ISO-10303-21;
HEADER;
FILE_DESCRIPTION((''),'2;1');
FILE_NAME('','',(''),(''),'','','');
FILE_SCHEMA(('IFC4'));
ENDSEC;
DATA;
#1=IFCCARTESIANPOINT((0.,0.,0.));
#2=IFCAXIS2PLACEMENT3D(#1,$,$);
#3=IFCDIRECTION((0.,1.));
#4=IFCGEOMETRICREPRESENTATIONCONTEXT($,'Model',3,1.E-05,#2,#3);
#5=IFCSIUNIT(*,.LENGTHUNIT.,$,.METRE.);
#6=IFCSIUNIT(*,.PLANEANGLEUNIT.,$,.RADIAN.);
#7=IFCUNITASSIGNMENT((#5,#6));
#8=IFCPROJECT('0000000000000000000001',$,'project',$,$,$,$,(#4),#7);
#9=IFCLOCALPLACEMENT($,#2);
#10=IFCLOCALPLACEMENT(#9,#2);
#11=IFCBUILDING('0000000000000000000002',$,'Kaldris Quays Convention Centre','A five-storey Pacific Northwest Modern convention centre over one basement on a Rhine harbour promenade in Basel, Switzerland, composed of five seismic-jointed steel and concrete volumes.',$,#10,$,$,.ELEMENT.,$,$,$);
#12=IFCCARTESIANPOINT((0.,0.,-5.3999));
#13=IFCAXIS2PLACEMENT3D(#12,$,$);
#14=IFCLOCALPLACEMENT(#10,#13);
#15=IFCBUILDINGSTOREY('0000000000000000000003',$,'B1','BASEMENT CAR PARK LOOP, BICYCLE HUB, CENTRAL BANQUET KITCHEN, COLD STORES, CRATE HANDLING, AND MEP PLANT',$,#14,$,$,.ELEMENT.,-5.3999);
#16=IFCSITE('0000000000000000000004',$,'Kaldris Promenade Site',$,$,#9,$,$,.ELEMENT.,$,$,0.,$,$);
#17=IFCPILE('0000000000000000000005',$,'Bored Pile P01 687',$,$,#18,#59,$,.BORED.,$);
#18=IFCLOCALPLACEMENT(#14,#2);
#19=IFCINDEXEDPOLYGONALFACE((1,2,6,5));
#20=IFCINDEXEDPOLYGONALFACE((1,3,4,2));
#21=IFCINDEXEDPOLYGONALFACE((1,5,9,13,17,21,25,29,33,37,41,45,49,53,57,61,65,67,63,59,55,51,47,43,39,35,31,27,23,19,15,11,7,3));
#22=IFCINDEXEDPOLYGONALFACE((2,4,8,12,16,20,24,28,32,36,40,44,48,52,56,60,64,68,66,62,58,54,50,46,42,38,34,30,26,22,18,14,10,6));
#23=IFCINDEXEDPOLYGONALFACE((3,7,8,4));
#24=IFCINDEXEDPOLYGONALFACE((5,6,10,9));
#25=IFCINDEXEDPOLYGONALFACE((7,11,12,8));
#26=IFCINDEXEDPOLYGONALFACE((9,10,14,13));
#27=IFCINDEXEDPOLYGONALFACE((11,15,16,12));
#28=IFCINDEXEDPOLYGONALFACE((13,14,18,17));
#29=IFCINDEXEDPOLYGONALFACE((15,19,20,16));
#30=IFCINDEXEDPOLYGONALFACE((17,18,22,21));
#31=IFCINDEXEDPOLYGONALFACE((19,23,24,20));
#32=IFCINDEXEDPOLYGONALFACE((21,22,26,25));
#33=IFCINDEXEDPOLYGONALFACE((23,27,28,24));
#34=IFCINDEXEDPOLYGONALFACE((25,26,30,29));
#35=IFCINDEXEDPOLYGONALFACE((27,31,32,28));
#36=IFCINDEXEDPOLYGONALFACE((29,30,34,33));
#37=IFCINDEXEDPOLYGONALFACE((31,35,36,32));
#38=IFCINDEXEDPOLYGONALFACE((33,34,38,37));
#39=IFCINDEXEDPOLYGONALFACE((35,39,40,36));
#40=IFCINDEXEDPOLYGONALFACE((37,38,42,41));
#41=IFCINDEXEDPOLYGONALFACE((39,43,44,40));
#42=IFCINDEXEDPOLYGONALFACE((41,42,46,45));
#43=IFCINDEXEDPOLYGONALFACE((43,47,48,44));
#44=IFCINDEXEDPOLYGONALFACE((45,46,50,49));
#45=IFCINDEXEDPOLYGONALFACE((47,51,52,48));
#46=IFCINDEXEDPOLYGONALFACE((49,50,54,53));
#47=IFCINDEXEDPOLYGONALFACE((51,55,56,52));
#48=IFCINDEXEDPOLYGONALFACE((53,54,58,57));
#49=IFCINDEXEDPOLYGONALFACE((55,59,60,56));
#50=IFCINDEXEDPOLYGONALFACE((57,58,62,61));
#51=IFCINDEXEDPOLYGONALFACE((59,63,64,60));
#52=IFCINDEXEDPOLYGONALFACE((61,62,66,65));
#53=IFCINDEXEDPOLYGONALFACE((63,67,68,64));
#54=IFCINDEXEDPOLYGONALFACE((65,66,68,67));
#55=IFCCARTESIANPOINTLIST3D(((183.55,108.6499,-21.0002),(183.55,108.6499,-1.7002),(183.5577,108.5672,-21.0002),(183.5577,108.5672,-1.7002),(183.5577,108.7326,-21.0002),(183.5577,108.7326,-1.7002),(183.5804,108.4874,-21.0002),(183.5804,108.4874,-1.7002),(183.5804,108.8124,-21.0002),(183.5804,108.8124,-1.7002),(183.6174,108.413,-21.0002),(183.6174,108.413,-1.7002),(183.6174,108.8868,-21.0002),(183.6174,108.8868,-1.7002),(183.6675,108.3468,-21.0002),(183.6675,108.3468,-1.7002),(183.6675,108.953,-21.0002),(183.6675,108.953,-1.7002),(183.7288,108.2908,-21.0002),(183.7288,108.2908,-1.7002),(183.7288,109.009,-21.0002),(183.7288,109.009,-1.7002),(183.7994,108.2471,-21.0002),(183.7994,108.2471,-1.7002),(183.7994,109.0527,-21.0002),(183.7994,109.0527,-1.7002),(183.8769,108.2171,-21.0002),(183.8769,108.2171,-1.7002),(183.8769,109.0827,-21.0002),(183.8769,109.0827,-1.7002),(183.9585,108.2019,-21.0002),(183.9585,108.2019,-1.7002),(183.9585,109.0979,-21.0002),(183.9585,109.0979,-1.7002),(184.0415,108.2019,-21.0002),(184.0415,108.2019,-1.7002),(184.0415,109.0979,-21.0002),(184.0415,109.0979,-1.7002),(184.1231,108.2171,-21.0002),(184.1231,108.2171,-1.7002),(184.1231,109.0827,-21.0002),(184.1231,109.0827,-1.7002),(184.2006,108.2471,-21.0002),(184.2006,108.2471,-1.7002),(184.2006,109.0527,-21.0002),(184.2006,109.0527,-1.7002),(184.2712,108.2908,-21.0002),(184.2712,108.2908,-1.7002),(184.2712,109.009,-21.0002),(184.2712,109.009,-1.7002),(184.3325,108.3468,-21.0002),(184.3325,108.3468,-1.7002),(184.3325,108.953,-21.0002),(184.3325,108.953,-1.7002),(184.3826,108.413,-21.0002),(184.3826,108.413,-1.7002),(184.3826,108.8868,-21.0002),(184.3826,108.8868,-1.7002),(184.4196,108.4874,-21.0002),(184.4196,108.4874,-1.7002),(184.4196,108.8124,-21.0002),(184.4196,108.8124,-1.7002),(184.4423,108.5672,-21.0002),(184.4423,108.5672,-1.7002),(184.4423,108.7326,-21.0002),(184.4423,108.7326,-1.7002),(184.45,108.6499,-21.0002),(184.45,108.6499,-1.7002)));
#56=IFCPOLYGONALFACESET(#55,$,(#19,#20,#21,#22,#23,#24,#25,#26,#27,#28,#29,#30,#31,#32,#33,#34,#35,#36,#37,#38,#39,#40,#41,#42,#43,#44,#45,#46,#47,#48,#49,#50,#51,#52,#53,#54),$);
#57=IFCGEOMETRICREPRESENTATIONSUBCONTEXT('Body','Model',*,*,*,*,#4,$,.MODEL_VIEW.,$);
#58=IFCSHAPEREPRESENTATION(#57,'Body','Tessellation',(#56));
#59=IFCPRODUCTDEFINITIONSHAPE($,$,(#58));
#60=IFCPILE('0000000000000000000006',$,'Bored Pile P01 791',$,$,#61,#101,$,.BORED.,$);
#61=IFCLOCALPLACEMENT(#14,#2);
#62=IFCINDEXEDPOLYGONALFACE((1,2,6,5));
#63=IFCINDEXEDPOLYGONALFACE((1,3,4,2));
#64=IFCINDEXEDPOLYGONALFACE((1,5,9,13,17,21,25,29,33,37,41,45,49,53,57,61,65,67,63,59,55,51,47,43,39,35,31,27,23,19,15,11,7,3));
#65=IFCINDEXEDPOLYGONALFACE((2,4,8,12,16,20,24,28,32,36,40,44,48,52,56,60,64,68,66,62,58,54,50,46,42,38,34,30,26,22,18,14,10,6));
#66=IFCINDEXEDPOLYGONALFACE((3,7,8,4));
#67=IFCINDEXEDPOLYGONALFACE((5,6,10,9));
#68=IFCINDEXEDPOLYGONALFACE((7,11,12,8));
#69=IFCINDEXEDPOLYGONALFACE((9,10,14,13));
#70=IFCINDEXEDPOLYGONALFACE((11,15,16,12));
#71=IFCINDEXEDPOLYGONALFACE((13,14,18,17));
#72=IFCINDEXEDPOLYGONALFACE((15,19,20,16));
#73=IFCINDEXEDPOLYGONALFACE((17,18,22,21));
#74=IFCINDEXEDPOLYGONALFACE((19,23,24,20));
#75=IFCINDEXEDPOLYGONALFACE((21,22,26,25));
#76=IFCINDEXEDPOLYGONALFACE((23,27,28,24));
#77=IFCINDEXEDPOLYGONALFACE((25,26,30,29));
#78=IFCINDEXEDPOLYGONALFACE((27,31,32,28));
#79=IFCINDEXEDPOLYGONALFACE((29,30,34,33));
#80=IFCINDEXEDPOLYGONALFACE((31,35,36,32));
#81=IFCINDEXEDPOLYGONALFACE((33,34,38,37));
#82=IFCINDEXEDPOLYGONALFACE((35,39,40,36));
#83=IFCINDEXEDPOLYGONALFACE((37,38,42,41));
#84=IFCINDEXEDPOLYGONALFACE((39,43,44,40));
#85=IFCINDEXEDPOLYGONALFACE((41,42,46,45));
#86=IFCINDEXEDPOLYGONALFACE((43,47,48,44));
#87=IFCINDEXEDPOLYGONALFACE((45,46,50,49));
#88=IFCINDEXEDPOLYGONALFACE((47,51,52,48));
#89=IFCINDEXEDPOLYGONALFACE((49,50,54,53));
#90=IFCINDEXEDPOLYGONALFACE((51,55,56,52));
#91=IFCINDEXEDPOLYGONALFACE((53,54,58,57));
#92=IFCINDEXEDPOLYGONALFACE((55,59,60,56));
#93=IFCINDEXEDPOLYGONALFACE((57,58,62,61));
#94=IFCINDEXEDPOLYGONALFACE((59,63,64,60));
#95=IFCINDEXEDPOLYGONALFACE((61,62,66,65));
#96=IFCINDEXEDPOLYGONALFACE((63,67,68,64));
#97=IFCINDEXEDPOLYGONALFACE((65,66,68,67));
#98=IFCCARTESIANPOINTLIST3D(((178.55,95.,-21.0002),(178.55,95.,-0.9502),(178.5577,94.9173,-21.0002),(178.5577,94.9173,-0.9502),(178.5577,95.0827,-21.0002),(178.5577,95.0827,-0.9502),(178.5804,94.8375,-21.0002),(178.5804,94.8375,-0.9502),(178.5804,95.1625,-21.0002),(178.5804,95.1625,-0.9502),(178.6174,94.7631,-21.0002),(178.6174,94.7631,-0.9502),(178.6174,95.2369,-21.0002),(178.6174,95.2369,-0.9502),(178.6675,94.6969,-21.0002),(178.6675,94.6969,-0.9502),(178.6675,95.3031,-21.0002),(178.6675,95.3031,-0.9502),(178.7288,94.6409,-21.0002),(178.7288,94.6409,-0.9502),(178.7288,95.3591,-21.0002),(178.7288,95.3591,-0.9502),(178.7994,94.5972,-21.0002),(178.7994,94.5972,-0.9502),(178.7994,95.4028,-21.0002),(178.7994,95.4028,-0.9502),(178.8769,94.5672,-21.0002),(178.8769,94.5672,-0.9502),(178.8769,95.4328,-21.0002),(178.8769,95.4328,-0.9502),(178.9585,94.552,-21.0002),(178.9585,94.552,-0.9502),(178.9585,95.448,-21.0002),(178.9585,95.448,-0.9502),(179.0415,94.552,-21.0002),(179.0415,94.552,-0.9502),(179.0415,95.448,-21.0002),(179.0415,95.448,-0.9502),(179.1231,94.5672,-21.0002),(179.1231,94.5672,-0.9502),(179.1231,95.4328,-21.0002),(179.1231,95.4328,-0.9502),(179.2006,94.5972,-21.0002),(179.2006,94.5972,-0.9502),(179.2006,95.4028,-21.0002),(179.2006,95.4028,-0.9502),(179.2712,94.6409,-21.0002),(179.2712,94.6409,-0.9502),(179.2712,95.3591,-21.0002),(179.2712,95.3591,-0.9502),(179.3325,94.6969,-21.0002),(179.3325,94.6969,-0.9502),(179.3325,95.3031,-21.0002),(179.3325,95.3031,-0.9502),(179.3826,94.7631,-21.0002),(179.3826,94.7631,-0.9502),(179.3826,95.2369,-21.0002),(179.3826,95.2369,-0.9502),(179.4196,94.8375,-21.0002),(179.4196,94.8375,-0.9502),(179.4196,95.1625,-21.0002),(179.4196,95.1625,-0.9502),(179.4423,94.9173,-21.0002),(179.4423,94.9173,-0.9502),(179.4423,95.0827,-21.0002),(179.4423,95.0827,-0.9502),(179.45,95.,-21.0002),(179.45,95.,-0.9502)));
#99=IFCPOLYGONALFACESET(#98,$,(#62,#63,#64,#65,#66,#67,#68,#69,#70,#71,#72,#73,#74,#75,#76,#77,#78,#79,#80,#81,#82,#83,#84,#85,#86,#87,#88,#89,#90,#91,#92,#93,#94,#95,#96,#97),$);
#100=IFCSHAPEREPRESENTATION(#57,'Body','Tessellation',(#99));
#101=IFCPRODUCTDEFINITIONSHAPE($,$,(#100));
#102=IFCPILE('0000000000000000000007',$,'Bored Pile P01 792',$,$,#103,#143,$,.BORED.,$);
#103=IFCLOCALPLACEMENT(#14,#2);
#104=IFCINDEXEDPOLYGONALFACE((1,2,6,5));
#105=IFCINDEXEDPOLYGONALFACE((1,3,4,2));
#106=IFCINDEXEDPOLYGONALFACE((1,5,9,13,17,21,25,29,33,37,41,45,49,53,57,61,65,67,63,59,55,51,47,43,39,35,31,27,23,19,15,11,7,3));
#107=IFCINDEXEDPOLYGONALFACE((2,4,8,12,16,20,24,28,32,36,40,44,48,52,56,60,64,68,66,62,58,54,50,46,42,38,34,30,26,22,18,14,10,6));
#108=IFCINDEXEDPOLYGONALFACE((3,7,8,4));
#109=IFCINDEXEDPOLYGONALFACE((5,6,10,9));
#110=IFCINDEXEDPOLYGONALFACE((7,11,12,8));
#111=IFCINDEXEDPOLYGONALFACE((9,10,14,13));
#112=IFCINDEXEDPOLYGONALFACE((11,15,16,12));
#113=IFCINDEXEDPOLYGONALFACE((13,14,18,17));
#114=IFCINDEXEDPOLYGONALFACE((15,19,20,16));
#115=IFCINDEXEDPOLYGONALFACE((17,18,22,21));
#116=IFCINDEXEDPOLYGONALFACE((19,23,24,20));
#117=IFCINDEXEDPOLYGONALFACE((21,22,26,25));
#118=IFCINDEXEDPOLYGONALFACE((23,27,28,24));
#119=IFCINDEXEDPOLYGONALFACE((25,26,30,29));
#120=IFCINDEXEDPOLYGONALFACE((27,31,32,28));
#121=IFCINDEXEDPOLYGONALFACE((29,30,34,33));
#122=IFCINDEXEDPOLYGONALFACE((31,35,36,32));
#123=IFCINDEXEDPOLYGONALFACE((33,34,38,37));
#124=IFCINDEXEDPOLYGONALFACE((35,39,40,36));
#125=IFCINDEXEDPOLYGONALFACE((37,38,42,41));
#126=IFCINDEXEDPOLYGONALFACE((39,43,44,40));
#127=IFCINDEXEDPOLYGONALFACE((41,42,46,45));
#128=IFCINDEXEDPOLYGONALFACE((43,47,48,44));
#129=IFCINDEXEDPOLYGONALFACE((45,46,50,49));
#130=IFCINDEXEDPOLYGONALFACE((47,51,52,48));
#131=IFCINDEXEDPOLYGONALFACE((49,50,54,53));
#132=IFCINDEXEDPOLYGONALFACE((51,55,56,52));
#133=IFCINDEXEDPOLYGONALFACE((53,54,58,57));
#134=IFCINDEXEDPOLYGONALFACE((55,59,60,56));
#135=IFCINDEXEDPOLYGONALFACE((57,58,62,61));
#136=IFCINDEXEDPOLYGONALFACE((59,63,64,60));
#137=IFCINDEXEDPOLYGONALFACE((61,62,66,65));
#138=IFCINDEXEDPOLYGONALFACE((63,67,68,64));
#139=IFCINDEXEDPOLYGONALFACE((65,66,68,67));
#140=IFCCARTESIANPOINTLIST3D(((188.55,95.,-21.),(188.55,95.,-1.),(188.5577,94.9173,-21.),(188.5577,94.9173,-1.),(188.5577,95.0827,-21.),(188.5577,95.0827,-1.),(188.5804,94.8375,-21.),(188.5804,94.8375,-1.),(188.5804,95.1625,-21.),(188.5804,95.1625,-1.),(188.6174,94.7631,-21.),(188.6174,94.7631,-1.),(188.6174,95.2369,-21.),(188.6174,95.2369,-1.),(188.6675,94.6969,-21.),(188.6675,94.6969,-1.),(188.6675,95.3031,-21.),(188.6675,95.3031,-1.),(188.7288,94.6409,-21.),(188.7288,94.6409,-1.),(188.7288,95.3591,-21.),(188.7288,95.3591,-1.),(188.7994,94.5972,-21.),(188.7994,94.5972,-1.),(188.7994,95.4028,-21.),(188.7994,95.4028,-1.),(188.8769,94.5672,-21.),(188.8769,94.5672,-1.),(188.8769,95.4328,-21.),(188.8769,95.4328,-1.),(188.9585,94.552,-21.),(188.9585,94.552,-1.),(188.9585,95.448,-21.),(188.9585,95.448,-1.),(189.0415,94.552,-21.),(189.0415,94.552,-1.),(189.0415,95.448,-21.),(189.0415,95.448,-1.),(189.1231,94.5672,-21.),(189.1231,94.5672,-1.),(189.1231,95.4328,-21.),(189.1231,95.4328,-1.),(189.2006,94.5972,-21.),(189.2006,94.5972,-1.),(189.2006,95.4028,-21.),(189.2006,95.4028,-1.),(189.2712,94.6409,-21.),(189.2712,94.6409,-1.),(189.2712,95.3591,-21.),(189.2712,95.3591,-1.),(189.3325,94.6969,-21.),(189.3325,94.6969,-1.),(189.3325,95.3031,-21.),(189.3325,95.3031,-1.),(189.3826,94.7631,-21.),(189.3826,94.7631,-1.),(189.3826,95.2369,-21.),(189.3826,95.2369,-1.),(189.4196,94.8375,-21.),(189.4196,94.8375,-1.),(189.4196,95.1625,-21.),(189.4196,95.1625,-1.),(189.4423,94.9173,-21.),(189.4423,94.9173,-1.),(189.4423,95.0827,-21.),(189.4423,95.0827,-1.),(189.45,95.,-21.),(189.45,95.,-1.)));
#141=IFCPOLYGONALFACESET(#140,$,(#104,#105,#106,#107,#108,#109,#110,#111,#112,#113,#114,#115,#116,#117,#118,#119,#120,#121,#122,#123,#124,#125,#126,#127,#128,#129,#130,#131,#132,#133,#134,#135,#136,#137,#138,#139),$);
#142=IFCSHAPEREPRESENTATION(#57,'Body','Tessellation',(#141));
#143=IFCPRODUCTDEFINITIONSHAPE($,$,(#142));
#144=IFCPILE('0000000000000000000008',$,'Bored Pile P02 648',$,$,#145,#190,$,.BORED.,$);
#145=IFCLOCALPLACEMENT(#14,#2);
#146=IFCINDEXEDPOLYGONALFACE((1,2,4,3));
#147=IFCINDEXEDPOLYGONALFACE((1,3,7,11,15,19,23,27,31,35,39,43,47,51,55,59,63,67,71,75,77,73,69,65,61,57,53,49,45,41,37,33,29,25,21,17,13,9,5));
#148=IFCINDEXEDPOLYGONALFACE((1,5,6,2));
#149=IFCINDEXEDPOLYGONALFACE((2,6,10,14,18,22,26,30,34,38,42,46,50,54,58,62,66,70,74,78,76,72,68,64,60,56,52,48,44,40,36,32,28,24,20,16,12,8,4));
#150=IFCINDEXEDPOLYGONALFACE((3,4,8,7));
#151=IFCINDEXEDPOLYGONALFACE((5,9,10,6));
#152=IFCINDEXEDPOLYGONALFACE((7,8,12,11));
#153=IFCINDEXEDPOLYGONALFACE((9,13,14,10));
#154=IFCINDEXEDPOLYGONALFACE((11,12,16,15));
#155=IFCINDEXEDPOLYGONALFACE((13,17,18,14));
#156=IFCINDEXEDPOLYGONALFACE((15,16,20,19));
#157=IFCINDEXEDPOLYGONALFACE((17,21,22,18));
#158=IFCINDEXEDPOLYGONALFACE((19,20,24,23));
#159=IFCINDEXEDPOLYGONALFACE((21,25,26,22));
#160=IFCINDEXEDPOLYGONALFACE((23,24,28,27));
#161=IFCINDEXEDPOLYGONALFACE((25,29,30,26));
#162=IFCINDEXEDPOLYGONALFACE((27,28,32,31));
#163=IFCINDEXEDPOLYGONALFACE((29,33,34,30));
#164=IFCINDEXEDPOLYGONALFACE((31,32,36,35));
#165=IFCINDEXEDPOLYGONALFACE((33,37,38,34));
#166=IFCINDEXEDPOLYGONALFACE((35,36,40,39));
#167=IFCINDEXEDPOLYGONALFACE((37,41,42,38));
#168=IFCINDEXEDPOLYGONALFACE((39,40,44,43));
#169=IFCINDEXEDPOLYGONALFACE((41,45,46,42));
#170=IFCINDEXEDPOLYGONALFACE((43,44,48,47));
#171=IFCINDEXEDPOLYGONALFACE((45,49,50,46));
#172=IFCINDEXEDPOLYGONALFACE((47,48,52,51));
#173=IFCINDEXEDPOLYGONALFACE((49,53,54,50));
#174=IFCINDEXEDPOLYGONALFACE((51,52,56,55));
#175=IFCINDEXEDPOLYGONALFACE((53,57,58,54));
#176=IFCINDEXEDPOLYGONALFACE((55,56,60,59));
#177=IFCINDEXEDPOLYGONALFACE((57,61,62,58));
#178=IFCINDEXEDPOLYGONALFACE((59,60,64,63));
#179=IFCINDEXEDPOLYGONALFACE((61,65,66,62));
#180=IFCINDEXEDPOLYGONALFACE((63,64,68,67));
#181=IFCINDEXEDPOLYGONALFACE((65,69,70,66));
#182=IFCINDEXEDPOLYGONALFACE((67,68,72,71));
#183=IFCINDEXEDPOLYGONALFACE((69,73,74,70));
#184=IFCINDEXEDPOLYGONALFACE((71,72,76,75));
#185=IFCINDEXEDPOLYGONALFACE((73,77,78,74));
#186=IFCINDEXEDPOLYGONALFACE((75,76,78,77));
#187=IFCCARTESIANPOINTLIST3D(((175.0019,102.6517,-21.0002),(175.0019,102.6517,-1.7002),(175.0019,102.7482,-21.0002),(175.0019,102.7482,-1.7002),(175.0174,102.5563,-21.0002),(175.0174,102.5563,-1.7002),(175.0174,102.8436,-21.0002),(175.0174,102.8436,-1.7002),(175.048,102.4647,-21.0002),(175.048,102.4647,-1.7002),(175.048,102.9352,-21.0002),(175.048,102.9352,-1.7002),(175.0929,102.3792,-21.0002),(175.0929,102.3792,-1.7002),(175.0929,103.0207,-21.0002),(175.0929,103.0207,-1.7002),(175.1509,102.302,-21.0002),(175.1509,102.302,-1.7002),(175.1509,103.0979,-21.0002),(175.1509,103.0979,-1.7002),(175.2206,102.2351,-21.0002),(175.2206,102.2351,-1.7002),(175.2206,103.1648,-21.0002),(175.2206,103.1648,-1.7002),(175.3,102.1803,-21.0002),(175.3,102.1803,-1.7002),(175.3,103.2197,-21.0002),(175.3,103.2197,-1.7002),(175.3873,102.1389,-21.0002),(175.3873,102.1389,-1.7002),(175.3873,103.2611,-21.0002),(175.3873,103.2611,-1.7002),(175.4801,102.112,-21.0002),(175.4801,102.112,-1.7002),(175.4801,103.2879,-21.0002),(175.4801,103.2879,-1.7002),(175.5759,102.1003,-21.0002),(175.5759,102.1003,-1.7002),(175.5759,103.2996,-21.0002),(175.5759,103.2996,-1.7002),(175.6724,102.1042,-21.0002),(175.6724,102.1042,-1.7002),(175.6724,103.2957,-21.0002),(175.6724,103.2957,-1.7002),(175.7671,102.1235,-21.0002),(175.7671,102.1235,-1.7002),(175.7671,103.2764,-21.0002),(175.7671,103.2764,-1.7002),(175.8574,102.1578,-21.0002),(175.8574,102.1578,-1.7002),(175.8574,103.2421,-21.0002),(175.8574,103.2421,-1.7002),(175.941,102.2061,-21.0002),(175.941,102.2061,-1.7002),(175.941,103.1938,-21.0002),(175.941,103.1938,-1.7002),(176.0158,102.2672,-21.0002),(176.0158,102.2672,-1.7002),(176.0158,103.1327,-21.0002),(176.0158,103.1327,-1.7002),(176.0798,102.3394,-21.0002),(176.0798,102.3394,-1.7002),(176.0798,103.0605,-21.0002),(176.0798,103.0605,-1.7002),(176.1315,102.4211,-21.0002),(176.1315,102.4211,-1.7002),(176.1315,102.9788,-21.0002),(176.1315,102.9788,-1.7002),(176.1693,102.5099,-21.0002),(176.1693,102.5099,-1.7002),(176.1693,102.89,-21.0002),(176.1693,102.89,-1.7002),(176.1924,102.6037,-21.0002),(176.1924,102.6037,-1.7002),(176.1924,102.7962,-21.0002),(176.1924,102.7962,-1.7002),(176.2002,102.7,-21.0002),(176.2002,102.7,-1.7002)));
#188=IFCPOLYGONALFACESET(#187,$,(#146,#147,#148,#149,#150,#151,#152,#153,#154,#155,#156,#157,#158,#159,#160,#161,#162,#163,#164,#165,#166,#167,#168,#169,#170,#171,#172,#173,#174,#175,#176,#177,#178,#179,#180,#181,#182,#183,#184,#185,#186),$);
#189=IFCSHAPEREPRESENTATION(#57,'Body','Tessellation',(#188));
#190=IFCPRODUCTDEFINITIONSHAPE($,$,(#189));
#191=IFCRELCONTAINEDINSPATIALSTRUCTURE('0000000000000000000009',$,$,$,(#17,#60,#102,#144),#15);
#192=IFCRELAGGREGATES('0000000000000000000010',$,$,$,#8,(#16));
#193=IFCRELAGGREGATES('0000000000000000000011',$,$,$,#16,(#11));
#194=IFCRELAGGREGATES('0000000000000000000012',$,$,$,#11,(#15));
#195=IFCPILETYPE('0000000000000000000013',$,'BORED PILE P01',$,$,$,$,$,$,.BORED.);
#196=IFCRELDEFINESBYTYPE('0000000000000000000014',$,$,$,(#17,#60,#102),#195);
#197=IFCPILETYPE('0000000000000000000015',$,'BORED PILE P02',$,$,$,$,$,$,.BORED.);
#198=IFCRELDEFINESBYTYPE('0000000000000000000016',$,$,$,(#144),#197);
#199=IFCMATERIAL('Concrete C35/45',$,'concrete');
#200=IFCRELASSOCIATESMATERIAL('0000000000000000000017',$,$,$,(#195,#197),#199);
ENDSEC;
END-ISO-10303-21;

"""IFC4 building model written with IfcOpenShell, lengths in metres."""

from ifc_helpers import new_model, si_unit, direction, frame, origin, origin_2d, place, context, subcontext, project, spatial, circle, extrude, material, material_profile, profile_set, type_object, element, save


model = new_model("IFC4")

# Units and contexts
model_context = context("Model", 3, precision=1e-05, world=origin(), true_north=direction((0.0, 1.0)))
body_context = subcontext(model_context, "Body", "Model", "MODEL_VIEW")
ifc_project = project(units=[si_unit("LENGTHUNIT", "METRE"), si_unit("PLANEANGLEUNIT", "RADIAN")], contexts=[model_context])

# Site, building, storey
site_placement = place(None, origin())
site = spatial("IfcSite", under=ifc_project, at=site_placement, Name="Kaldris Promenade Site", CompositionType="ELEMENT", RefElevation=0.0)
building_placement = place(site_placement, origin())
building = spatial("IfcBuilding", under=site, at=building_placement, Name="Kaldris Quays Convention Centre", Description="A five-storey Pacific Northwest Modern convention centre over one basement on a Rhine harbour promenade in Basel, Switzerland, composed of five seismic-jointed steel and concrete volumes.", CompositionType="ELEMENT")
storey_placement = place(building_placement, frame((0.0, 0.0, -5.3999)))
storey = spatial("IfcBuildingStorey", under=building, at=storey_placement, Name="B1", Description="BASEMENT CAR PARK LOOP, BICYCLE HUB, CENTRAL BANQUET KITCHEN, COLD STORES, CRATE HANDLING, AND MEP PLANT", CompositionType="ELEMENT", Elevation=-5.3999)

# Piles
ifc_material_1 = material(Name="Concrete C35/45", Category="concrete")
ifc_material_profile_1 = material_profile(ifc_material_1, circle(Radius=0.45, at=origin_2d()), Name="BORED PILE D900")
ifc_profile_set_1 = profile_set([ifc_material_profile_1], Name="Concrete C35/45")
pile_type_1 = type_object("IfcPileType", Name="BORED PILE P01", PredefinedType="BORED", material=ifc_profile_set_1)
for number, where, z_axis, x_axis, name in (
    (1, (184.0, 108.6499, -1.7002), (0.0, 0.0, -1.0), (1.0, 0.0, 0.0), "Bored Pile P01 687"),
):
    element("IfcPile", number, at=place(storey_placement, frame(where, z_axis=z_axis, x_axis=x_axis)), inside=storey, type_object=pile_type_1, Name=name, PredefinedType="BORED", context=body_context, shape_type="SweptSolid", body=[
        extrude(circle(Radius=0.45, at=origin_2d()), origin(), (0.0, 0.0, 1.0), 19.3),
    ])
pile_1_placement = place(storey_placement, frame((179.0, 95.0, -0.9502), z_axis=(0.0, 0.0, -1.0), x_axis=(1.0, 0.0, 0.0)))
element("IfcPile", 2, at=pile_1_placement, inside=storey, type_object=pile_type_1, Name="Bored Pile P01 791", PredefinedType="BORED", context=body_context, shape_type="SweptSolid", body=[
    extrude(circle(Radius=0.45, at=origin_2d()), origin(), (0.0, 0.0, 1.0), 20.05),
])
pile_2_placement = place(storey_placement, frame((189.0, 95.0, -1.0), z_axis=(0.0, 0.0, -1.0), x_axis=(1.0, 0.0, 0.0)))
element("IfcPile", 3, at=pile_2_placement, inside=storey, type_object=pile_type_1, Name="Bored Pile P01 792", PredefinedType="BORED", context=body_context, shape_type="SweptSolid", body=[
    extrude(circle(Radius=0.45, at=origin_2d()), origin(), (0.0, 0.0, 1.0), 20.0),
])
ifc_material_profile_2 = material_profile(ifc_material_1, circle(Radius=0.6001, at=origin_2d()), Name="BORED PILE D1200")
ifc_profile_set_2 = profile_set([ifc_material_profile_2], Name="Concrete C35/45")
pile_type_2 = type_object("IfcPileType", Name="BORED PILE P02", PredefinedType="BORED", material=ifc_profile_set_2)
for number, where, z_axis, x_axis, name in (
    (4, (175.6001, 102.7, -1.7002), (0.0, 0.0, -1.0), (1.0, 0.0, 0.0), "Bored Pile P02 648"),
):
    element("IfcPile", number, at=place(storey_placement, frame(where, z_axis=z_axis, x_axis=x_axis)), inside=storey, type_object=pile_type_2, Name=name, PredefinedType="BORED", context=body_context, shape_type="SweptSolid", body=[
        extrude(circle(Radius=0.6001, at=origin_2d()), origin(), (0.0, 0.0, 1.0), 19.3),
    ])

save(model, "model.ifc")
